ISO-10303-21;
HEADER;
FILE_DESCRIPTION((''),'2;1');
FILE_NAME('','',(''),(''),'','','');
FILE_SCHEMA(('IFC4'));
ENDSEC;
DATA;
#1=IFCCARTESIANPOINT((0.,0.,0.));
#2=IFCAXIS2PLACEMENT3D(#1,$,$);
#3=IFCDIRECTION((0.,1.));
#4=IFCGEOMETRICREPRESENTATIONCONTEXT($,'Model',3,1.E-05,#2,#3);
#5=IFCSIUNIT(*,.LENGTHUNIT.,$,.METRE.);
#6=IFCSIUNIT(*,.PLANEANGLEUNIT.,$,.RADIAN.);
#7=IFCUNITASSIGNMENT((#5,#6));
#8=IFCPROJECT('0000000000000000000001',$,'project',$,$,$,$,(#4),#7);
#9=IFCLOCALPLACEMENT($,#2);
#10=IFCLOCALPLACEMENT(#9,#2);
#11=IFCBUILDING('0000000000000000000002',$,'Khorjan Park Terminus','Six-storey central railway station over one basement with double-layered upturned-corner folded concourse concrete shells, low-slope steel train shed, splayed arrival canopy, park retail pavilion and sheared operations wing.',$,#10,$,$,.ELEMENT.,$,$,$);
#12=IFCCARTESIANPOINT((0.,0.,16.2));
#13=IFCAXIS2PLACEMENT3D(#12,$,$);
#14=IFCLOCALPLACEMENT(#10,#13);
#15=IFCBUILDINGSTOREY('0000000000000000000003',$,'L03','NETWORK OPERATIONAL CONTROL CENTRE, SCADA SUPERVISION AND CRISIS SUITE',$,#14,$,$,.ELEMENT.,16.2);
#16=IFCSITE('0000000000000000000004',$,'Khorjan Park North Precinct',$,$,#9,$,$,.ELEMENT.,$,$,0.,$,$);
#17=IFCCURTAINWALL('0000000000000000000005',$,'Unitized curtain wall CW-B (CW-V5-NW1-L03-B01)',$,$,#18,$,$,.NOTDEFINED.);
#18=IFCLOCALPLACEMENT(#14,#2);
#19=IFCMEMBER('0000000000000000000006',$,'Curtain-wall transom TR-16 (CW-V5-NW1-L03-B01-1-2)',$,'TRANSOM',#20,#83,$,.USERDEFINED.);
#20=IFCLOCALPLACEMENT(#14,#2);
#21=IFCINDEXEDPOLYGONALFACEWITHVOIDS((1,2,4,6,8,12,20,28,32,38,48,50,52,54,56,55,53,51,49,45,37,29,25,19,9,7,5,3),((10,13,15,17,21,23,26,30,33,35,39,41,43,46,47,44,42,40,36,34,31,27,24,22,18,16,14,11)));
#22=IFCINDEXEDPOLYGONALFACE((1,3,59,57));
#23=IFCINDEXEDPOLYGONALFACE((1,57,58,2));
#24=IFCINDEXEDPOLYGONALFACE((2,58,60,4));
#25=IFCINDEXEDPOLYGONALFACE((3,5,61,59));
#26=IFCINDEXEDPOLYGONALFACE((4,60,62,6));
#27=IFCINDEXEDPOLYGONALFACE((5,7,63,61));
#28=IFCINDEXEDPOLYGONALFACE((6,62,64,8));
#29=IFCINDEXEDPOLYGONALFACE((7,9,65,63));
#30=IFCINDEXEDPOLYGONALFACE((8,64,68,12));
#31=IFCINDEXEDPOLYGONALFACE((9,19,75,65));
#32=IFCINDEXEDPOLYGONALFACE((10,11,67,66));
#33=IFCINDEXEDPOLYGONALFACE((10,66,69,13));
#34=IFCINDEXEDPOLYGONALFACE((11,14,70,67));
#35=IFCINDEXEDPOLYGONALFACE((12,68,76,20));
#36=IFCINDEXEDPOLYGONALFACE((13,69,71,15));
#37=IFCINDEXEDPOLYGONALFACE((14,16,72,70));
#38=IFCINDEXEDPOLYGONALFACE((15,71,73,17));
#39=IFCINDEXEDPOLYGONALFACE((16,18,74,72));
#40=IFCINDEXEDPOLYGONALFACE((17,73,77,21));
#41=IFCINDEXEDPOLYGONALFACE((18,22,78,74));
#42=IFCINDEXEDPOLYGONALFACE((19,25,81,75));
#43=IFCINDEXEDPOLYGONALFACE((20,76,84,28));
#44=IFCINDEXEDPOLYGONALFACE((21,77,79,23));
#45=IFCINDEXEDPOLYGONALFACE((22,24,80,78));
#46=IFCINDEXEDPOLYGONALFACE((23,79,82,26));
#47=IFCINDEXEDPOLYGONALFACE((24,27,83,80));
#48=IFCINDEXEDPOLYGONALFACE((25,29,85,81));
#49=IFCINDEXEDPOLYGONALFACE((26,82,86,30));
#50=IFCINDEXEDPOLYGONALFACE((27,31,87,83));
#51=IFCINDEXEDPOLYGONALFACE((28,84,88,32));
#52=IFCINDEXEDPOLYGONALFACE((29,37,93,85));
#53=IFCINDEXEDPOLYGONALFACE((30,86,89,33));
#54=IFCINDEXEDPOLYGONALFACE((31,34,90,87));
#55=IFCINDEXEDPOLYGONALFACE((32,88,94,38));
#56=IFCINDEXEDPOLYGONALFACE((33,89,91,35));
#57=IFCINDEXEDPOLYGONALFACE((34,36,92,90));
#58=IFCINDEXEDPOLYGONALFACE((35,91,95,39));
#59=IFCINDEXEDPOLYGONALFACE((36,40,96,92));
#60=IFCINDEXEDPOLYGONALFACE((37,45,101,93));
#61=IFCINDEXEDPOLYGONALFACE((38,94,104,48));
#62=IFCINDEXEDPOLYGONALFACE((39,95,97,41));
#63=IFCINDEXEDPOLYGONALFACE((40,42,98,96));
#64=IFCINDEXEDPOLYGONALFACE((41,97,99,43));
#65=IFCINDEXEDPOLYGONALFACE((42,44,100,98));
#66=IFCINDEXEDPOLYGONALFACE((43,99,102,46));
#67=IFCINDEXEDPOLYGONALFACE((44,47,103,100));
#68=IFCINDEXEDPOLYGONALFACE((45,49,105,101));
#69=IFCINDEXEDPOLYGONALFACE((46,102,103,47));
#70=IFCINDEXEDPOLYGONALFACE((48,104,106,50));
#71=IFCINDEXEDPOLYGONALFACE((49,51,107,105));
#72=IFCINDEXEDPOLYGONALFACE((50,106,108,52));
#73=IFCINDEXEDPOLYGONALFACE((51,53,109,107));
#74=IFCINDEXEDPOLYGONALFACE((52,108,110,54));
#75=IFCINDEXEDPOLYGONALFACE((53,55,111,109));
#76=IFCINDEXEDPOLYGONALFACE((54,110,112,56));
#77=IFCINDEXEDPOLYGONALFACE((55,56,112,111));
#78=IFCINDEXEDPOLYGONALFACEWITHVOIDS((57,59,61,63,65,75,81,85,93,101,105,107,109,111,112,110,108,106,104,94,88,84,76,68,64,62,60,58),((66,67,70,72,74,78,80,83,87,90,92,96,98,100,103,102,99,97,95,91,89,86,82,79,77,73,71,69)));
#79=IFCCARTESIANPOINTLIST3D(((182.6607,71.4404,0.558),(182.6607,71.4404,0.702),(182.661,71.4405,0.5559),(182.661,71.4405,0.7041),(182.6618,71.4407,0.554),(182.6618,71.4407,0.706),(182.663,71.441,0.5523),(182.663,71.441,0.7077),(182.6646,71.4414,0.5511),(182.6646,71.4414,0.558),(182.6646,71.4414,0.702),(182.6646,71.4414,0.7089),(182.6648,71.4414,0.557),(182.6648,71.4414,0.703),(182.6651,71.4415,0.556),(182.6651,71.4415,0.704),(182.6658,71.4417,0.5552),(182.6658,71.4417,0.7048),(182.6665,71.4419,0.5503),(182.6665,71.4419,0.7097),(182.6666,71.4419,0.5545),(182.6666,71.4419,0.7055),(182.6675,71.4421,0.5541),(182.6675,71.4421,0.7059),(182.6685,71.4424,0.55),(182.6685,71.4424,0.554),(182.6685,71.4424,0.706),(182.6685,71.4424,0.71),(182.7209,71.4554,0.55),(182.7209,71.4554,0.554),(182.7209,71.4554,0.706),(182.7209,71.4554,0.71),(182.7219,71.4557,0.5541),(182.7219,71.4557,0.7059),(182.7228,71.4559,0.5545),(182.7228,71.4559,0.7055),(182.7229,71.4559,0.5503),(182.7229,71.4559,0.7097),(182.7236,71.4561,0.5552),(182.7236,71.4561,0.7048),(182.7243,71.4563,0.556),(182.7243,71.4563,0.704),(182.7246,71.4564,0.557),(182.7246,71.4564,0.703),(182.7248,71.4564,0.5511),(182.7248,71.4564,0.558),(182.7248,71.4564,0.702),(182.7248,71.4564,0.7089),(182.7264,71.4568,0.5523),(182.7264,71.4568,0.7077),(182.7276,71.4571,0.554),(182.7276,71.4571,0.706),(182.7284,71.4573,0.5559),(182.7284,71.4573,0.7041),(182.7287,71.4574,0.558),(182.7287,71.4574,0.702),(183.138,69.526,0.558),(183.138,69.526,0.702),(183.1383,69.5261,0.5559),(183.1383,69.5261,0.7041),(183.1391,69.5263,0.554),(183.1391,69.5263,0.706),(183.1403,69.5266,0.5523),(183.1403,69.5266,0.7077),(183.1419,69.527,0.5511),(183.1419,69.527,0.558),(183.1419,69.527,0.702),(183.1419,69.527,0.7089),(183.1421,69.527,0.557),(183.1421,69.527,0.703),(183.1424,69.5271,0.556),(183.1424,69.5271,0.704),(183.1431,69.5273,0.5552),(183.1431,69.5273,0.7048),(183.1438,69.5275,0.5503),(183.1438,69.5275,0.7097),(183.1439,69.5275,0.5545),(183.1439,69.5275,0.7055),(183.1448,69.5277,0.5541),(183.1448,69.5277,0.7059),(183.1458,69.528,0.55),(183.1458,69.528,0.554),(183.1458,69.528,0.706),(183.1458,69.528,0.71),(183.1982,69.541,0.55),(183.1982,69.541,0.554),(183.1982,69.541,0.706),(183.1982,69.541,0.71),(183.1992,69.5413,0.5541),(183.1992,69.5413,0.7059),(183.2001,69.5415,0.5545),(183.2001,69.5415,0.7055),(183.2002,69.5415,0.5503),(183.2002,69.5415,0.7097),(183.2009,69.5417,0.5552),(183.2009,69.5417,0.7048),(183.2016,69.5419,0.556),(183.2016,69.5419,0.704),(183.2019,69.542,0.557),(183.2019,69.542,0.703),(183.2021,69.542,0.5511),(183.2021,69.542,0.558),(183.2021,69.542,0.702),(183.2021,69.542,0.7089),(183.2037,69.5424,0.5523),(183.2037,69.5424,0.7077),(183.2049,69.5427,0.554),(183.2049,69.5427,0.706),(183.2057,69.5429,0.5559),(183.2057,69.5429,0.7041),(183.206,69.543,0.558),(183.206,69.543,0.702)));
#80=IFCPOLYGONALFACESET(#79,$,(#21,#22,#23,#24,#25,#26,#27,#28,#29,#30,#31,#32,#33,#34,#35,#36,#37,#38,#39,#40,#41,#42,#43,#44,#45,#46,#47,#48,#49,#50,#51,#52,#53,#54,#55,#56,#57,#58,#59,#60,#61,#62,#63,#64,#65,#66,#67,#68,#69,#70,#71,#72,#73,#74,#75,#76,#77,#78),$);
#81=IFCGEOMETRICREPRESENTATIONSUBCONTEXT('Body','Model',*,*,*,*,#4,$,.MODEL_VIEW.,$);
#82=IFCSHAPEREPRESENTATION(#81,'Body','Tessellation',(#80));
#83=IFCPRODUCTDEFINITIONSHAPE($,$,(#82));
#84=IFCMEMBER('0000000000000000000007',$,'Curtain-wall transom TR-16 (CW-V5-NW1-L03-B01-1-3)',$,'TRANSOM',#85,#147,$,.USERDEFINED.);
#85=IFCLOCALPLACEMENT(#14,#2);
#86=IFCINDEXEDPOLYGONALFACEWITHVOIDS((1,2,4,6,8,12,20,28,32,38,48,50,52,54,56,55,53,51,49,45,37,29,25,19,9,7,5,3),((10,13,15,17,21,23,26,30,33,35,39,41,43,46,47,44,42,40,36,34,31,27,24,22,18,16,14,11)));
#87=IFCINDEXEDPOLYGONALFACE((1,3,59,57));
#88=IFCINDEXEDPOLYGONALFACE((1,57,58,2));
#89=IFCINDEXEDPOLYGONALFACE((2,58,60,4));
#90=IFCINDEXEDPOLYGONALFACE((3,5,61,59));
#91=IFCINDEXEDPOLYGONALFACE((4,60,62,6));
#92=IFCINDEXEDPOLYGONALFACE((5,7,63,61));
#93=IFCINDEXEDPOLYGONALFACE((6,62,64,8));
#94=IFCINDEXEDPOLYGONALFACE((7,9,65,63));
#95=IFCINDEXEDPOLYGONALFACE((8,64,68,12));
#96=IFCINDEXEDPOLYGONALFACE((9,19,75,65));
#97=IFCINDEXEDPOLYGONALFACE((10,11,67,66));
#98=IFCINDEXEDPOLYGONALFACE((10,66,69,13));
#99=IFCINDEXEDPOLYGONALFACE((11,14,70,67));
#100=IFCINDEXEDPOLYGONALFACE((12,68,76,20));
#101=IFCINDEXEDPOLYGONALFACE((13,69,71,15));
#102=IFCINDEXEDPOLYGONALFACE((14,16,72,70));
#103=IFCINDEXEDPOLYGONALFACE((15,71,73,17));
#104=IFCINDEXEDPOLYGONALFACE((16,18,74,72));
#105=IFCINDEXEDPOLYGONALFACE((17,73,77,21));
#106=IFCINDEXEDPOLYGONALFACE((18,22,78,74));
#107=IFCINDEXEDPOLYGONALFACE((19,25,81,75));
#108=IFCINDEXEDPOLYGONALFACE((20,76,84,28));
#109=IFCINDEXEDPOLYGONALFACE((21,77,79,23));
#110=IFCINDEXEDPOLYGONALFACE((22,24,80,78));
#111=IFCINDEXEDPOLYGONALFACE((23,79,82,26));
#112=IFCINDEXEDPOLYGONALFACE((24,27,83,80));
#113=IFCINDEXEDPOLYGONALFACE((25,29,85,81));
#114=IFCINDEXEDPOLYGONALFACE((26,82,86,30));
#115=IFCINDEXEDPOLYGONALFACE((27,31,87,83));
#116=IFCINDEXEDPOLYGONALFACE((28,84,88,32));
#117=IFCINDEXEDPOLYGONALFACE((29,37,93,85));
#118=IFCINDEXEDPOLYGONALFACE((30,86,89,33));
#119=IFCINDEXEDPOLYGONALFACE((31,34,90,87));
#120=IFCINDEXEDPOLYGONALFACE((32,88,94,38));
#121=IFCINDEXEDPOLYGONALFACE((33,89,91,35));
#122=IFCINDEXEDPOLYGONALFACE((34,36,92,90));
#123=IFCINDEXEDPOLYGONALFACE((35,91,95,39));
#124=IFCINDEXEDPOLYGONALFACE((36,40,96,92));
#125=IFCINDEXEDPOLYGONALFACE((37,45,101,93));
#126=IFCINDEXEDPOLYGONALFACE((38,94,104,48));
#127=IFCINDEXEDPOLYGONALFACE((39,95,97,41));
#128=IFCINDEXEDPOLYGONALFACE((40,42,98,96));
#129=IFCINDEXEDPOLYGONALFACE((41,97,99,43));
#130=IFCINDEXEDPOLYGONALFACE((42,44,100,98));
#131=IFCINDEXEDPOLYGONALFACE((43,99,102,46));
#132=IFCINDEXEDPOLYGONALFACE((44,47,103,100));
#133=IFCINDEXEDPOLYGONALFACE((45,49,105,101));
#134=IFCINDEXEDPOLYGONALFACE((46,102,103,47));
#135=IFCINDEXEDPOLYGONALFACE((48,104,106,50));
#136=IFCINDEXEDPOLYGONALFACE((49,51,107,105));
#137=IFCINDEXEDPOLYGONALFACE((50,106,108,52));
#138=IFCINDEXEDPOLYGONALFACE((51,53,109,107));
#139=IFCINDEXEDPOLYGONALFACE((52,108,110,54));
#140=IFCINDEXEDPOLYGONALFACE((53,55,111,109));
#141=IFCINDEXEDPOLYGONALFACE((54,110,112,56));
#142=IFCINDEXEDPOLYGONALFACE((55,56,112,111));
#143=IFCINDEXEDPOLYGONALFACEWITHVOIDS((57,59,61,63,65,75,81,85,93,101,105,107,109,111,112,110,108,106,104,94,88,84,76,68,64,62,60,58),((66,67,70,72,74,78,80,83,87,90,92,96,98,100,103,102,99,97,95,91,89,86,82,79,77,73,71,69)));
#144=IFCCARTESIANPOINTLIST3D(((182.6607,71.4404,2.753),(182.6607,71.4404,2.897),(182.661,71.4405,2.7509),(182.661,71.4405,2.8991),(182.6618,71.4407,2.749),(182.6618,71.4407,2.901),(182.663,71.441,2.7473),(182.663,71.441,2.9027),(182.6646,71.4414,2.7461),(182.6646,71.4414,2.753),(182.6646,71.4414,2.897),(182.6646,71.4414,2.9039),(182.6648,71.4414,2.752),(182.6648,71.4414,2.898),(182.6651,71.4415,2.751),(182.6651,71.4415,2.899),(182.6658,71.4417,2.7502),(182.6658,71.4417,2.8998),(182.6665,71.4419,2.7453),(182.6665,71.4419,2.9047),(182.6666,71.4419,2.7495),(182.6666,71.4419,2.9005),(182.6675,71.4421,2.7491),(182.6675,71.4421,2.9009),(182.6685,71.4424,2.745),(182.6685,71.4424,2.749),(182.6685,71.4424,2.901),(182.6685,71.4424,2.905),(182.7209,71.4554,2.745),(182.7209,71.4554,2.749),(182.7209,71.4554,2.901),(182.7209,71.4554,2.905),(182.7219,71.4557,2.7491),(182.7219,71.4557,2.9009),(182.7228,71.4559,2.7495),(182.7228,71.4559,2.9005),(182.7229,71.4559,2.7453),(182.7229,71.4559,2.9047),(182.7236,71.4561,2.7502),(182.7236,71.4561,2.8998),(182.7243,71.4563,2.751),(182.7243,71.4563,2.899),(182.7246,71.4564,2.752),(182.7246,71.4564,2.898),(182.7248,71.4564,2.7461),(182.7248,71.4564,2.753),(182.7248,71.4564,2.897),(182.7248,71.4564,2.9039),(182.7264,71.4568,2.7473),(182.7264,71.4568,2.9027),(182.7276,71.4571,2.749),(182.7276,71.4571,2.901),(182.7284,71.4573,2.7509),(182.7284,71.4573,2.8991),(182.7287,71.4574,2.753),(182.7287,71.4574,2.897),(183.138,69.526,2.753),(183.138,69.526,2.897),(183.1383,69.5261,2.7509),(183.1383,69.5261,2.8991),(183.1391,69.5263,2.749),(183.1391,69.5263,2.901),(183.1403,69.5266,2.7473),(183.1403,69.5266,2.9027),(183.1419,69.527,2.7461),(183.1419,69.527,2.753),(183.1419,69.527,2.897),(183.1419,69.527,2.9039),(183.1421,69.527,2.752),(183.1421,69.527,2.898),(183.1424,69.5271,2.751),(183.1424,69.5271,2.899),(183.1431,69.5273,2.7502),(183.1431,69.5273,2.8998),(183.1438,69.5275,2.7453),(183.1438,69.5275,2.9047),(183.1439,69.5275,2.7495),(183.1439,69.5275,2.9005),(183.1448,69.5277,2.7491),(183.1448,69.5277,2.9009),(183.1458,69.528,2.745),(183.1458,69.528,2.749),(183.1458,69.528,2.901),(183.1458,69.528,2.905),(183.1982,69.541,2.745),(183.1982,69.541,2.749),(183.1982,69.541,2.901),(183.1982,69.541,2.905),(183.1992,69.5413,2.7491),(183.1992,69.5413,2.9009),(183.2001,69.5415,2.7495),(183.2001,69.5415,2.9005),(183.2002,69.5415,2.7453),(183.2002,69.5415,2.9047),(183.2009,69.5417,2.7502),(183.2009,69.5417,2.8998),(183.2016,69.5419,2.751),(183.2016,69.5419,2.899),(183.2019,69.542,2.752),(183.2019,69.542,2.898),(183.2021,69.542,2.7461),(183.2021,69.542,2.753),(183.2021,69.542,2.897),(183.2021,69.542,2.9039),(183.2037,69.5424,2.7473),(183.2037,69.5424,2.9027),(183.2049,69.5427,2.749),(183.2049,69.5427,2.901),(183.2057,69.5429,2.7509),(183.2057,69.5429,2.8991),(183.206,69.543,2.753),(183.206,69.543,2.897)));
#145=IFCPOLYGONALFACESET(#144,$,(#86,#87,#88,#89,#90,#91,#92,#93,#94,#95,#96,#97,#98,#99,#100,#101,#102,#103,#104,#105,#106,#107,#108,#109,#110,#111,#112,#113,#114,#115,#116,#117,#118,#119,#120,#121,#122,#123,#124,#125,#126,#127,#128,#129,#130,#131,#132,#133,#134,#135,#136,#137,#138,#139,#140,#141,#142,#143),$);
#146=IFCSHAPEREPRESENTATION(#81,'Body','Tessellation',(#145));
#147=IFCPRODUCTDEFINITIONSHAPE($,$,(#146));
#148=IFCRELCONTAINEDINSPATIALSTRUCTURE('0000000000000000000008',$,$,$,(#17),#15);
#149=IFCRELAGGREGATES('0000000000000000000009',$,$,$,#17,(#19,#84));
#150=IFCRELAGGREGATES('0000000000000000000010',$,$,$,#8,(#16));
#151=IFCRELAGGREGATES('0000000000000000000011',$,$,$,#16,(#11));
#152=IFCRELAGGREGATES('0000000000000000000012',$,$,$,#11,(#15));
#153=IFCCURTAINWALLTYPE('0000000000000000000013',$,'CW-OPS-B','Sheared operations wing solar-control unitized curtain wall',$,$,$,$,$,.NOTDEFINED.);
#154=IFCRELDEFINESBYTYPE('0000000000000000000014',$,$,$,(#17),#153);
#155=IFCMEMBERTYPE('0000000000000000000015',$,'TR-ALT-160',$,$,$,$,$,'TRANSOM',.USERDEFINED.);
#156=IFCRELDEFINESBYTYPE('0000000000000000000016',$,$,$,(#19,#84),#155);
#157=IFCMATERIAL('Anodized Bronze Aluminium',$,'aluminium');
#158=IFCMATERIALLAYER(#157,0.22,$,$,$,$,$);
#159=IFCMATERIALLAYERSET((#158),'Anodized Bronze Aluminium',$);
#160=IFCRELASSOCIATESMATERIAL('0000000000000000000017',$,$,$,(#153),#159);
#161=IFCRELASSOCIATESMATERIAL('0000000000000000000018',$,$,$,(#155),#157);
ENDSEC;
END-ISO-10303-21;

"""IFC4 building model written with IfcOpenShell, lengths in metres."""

from ifc_helpers import new_model, si_unit, direction, frame, origin, origin_2d, place, context, subcontext, project, spatial, hollow_rectangle, extrude, material, layer, layer_set, material_profile, profile_set, type_object, element, aggregate, save


model = new_model("IFC4")

# Units and contexts
model_context = context("Model", 3, precision=1e-05, world=origin(), true_north=direction((0.0, 1.0)))
body_context = subcontext(model_context, "Body", "Model", "MODEL_VIEW")
ifc_project = project(units=[si_unit("LENGTHUNIT", "METRE"), si_unit("PLANEANGLEUNIT", "RADIAN")], contexts=[model_context])

# Site, building, storey
site_placement = place(None, origin())
site = spatial("IfcSite", under=ifc_project, at=site_placement, Name="Khorjan Park North Precinct", CompositionType="ELEMENT", RefElevation=0.0)
building_placement = place(site_placement, origin())
building = spatial("IfcBuilding", under=site, at=building_placement, Name="Khorjan Park Terminus", Description="Six-storey central railway station over one basement with double-layered upturned-corner folded concourse concrete shells, low-slope steel train shed, splayed arrival canopy, park retail pavilion and sheared operations wing.", CompositionType="ELEMENT")
storey_placement = place(building_placement, frame((0.0, 0.0, 16.2)))
storey = spatial("IfcBuildingStorey", under=building, at=storey_placement, Name="L03", Description="NETWORK OPERATIONAL CONTROL CENTRE, SCADA SUPERVISION AND CRISIS SUITE", CompositionType="ELEMENT", Elevation=16.2)

# Shared definitions
ifc_material_1 = material(Name="Anodized Bronze Aluminium", Category="aluminium")
ifc_layer_1 = layer(ifc_material_1, 0.22)
ifc_layer_set_1 = layer_set([ifc_layer_1], Name="Anodized Bronze Aluminium")
curtain_wall_type = type_object("IfcCurtainWallType", Name="CW-OPS-B", Description="Sheared operations wing solar-control unitized curtain wall", PredefinedType="NOTDEFINED", material=ifc_layer_set_1)

# Curtain wall, members
curtain_wall_1_placement = place(storey_placement, origin())
curtain_wall_1 = element("IfcCurtainWall", 1, at=curtain_wall_1_placement, inside=storey, type_object=curtain_wall_type, Name="Unitized curtain wall CW-B (CW-V5-NW1-L03-B01)", PredefinedType="NOTDEFINED")
ifc_material_profile_1 = material_profile(ifc_material_1, hollow_rectangle(XDim=0.07, YDim=0.16, WallThickness=0.004, InnerFilletRadius=0.004, OuterFilletRadius=0.008, at=origin_2d()), Name="ALT 70x160x4")
ifc_profile_set_1 = profile_set([ifc_material_profile_1], Name="Anodized Bronze Aluminium")
member_type_1 = type_object("IfcMemberType", Name="TR-ALT-160", ElementType="TRANSOM", PredefinedType="USERDEFINED", material=ifc_profile_set_1)
member_1_placement = place(storey_placement, frame((182.6947, 71.4489, 0.63), z_axis=(0.241915, -0.970297, 0.0), x_axis=(0.970297, 0.241915, 0.0)))
member_1 = element("IfcMember", 2, at=member_1_placement, type_object=member_type_1, Name="Curtain-wall transom TR-16 (CW-V5-NW1-L03-B01-1-2)", ObjectType="TRANSOM", PredefinedType="USERDEFINED", context=body_context, shape_type="SweptSolid", body=[
    extrude(hollow_rectangle(XDim=0.07, YDim=0.16, WallThickness=0.004, InnerFilletRadius=0.004, OuterFilletRadius=0.008, at=origin_2d()), origin(), (0.0, 0.0, 1.0), 1.973),
])
member_2_placement = place(storey_placement, frame((182.6947, 71.4489, 2.825), z_axis=(0.241915, -0.970297, 0.0), x_axis=(0.970297, 0.241915, 0.0)))
member_2 = element("IfcMember", 3, at=member_2_placement, type_object=member_type_1, Name="Curtain-wall transom TR-16 (CW-V5-NW1-L03-B01-1-3)", ObjectType="TRANSOM", PredefinedType="USERDEFINED", context=body_context, shape_type="SweptSolid", body=[
    extrude(hollow_rectangle(XDim=0.07, YDim=0.16, WallThickness=0.004, InnerFilletRadius=0.004, OuterFilletRadius=0.008, at=origin_2d()), origin(), (0.0, 0.0, 1.0), 1.973),
])

aggregate(curtain_wall_1, [member_1, member_2])

save(model, "model.ifc")
